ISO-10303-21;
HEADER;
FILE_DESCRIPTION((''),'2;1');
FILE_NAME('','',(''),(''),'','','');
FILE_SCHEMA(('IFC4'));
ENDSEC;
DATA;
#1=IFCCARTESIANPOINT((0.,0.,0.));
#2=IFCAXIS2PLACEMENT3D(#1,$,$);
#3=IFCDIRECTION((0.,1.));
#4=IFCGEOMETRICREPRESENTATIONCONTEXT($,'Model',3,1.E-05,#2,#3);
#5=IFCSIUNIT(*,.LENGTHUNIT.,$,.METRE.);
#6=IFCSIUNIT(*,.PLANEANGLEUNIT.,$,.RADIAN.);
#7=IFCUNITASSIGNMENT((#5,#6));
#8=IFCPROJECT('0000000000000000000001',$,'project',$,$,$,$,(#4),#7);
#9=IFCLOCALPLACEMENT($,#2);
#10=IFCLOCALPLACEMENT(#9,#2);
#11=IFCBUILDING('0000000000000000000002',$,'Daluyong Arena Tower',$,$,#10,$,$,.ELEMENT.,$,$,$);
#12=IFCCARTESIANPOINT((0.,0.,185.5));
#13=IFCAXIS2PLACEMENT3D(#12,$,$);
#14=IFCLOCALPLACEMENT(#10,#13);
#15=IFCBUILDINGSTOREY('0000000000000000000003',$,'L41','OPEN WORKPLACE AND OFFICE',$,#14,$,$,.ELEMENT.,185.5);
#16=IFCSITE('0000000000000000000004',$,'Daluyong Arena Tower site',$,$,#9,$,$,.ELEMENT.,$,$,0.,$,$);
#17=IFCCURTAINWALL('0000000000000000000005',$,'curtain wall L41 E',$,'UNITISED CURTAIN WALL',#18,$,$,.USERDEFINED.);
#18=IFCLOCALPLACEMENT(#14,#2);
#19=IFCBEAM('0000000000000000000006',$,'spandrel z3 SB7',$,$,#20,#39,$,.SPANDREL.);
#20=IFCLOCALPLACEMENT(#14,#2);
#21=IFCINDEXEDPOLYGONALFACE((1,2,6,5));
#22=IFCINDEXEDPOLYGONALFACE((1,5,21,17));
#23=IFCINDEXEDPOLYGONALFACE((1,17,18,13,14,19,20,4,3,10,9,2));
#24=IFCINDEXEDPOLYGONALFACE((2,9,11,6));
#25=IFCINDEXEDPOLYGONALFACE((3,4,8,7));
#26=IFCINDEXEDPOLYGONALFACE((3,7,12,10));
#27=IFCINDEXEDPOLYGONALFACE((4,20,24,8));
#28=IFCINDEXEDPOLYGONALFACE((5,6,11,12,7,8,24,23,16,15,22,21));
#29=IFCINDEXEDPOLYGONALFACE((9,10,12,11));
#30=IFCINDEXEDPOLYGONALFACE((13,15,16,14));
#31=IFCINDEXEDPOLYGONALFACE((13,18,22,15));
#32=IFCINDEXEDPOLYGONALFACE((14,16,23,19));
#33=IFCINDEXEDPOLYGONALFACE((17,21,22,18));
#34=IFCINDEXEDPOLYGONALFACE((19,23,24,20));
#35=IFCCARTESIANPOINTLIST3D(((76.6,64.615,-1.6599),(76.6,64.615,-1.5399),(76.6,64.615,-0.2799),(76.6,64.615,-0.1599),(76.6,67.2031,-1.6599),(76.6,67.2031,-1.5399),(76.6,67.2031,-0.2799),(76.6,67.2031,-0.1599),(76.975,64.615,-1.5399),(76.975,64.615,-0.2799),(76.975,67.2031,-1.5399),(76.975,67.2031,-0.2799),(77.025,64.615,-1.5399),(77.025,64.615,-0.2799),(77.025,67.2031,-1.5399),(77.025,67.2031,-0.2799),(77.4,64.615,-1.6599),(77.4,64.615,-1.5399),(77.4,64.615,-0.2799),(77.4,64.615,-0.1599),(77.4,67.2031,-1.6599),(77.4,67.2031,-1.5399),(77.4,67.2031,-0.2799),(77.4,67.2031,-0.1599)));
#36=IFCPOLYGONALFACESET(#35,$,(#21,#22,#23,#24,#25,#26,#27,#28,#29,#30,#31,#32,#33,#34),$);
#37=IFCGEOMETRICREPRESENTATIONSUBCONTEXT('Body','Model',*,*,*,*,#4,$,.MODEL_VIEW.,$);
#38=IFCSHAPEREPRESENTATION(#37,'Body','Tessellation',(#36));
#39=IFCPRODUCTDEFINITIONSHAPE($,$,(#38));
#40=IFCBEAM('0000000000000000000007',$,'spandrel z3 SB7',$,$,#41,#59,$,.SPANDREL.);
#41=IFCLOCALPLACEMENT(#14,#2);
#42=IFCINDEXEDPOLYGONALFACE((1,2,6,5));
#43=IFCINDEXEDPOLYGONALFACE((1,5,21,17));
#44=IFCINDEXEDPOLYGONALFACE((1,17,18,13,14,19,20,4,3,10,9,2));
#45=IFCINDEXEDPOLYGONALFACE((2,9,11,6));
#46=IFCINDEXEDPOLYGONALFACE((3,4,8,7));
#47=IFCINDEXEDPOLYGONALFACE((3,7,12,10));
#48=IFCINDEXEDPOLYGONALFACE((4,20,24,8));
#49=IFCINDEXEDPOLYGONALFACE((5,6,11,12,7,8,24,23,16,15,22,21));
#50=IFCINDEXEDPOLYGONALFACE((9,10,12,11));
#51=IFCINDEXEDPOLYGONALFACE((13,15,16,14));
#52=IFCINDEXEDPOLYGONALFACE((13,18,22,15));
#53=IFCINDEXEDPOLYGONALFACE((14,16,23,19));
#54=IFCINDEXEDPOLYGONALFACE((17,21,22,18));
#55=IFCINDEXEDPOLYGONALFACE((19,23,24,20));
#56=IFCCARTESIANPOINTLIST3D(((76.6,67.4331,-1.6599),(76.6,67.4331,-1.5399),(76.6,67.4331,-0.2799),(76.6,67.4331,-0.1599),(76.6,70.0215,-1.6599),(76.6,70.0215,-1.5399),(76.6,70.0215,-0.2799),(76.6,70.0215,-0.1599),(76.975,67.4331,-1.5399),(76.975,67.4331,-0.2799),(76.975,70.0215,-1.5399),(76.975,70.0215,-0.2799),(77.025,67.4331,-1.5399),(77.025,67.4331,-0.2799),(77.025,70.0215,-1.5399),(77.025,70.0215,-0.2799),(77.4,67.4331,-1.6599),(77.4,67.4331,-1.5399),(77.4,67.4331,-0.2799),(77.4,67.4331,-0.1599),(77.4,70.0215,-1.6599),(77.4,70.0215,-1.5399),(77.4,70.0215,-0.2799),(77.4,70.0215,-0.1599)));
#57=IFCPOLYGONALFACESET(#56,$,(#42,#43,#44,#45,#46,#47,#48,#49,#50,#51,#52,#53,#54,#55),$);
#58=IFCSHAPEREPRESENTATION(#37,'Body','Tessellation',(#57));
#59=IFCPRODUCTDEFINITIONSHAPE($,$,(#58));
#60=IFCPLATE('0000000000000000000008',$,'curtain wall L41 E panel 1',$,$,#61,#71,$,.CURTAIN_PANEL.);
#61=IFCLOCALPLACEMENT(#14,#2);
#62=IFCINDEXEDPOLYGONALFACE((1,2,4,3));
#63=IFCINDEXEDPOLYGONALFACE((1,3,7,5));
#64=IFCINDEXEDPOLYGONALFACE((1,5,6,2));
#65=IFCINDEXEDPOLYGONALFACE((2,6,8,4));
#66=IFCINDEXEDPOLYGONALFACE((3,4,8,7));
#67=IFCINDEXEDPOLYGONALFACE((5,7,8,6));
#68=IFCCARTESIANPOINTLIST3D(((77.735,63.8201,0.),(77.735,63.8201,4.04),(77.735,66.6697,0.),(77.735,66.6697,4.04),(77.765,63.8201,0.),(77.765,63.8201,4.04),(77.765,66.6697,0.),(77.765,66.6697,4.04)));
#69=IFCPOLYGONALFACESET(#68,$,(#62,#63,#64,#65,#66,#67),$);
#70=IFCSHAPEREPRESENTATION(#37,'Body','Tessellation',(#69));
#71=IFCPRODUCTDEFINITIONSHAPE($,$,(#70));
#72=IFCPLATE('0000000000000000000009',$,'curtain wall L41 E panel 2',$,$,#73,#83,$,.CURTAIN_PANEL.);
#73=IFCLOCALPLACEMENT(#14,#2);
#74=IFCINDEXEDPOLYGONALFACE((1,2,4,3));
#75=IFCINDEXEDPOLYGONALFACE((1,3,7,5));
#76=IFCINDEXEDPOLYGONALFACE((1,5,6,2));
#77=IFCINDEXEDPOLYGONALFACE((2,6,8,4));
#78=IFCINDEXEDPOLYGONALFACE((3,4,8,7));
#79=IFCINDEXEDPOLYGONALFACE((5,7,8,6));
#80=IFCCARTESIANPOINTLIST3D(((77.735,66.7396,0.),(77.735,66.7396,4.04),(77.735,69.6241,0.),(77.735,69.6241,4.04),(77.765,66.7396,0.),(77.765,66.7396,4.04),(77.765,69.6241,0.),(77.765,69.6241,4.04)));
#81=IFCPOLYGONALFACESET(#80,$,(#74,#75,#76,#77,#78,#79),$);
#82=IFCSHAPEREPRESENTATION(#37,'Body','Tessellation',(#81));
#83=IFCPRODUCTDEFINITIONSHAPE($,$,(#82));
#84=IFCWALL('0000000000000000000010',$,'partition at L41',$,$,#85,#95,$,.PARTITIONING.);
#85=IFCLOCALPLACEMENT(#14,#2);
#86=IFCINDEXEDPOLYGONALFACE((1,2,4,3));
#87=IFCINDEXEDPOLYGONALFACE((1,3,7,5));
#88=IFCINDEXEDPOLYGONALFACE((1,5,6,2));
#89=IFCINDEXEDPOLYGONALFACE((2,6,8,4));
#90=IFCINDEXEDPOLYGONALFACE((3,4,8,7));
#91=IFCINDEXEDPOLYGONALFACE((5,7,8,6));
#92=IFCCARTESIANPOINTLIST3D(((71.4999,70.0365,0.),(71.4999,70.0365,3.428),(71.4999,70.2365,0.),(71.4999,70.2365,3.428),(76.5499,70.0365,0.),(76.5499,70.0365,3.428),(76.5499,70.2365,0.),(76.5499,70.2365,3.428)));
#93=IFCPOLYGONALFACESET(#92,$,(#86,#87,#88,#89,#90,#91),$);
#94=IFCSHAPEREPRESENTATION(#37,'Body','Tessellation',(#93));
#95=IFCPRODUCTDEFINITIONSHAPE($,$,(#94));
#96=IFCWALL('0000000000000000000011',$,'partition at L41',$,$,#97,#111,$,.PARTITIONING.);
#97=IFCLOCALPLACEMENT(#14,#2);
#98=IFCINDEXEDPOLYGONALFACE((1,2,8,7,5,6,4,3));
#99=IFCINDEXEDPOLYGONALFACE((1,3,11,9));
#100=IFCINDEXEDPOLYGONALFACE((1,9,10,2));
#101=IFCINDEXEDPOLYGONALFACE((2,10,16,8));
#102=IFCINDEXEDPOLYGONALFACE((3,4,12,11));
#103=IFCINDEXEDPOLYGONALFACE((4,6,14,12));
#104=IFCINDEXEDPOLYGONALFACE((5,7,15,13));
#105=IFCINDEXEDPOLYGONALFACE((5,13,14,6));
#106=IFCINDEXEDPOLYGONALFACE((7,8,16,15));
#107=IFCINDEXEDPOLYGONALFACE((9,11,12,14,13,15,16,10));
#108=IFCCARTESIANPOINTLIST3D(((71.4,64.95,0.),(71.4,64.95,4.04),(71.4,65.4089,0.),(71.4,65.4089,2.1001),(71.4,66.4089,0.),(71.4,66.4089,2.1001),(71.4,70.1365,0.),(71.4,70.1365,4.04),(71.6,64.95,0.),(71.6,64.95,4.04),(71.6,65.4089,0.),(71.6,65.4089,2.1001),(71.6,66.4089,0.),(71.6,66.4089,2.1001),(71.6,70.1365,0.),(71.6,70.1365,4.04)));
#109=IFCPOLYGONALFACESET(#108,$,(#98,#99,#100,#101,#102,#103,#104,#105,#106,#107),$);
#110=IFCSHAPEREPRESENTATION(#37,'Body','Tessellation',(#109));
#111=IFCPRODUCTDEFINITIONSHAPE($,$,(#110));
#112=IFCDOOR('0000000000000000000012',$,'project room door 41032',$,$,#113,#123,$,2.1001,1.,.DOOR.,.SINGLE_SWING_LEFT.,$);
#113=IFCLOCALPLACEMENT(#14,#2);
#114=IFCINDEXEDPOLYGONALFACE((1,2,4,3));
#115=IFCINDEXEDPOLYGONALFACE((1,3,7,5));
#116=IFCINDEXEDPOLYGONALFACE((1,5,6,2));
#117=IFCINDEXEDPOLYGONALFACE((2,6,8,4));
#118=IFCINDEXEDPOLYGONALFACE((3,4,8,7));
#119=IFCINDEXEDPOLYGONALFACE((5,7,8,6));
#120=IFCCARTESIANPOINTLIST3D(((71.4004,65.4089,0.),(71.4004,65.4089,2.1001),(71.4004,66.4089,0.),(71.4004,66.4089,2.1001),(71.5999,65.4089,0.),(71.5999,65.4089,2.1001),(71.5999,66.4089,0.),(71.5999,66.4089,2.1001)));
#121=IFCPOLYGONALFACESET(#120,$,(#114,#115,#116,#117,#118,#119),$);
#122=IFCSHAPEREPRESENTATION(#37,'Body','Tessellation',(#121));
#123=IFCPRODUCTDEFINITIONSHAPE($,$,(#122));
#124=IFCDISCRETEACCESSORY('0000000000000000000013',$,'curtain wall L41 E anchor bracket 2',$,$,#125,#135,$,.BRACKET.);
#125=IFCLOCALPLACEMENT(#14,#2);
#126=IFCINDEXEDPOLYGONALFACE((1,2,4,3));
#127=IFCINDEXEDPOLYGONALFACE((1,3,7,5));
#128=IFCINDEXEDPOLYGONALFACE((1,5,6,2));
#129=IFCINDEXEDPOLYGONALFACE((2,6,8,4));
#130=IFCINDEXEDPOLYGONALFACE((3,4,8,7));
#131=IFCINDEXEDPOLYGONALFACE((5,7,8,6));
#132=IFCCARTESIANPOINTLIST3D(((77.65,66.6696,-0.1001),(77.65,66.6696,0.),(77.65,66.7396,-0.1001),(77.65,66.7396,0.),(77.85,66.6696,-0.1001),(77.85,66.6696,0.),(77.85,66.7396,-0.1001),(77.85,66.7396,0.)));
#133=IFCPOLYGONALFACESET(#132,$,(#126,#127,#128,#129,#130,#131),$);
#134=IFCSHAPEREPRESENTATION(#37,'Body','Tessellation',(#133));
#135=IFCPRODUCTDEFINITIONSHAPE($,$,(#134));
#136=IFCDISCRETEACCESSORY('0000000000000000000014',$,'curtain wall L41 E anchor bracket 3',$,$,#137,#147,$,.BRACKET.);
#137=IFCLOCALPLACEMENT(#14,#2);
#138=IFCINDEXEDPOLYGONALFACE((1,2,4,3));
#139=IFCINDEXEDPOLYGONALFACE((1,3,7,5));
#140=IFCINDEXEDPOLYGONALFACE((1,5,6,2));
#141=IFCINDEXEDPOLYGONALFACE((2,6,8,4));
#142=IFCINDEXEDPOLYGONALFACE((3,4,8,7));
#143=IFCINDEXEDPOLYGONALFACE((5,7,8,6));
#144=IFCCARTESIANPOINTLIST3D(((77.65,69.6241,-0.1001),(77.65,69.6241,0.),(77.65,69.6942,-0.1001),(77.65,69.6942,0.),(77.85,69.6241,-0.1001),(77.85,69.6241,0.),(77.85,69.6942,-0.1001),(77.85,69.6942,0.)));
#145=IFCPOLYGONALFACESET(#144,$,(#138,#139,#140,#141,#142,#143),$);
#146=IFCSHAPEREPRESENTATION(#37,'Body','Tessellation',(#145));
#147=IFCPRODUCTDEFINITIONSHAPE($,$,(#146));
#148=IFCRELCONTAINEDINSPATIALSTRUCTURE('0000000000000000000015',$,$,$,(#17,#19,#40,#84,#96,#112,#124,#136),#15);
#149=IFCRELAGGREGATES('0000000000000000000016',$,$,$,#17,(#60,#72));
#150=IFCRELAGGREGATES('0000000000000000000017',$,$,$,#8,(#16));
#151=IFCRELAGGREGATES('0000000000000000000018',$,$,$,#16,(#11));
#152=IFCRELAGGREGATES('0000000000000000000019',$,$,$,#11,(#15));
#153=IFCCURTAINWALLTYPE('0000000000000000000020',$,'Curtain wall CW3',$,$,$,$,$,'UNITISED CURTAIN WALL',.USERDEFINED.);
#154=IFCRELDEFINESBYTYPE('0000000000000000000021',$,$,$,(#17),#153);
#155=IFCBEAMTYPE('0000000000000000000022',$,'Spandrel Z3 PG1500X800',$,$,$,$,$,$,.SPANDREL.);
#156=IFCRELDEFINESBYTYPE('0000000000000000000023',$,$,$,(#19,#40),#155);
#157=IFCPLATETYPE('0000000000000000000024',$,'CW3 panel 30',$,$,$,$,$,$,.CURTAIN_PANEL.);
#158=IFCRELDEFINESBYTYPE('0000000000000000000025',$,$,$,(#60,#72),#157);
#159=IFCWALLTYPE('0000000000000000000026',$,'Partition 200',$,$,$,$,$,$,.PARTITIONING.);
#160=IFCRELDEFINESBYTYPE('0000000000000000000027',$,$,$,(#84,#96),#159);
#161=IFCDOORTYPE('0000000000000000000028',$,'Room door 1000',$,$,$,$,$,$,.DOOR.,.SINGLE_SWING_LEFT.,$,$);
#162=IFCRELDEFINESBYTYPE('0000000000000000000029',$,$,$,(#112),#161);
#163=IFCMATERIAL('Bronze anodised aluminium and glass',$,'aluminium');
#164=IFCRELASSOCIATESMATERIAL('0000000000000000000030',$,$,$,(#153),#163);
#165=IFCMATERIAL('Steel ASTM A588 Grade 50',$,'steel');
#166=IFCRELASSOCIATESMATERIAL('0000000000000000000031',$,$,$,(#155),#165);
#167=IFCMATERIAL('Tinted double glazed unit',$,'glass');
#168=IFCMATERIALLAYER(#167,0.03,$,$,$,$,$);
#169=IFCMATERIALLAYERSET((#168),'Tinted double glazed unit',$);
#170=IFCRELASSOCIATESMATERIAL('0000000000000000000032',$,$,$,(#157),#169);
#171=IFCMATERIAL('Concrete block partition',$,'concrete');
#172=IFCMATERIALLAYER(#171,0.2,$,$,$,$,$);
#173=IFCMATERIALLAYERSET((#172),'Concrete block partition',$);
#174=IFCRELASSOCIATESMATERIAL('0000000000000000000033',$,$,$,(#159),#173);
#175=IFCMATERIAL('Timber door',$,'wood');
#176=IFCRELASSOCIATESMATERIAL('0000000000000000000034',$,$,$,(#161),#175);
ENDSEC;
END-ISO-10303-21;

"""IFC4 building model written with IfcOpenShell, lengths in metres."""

from ifc_helpers import new_model, si_unit, direction, frame, frame_2d, origin, origin_2d, place, context, subcontext, project, spatial, rectangle, i_section, extrude, material, layer, layer_set, material_profile, profile_set, type_object, element, fill, aggregate, save


model = new_model("IFC4")

# Units and contexts
model_context = context("Model", 3, precision=1e-05, world=origin(), true_north=direction((0.0, 1.0)))
body_context = subcontext(model_context, "Body", "Model", "MODEL_VIEW")
ifc_project = project(units=[si_unit("LENGTHUNIT", "METRE"), si_unit("PLANEANGLEUNIT", "RADIAN")], contexts=[model_context])

# Site, building, storey
site_placement = place(None, origin())
site = spatial("IfcSite", under=ifc_project, at=site_placement, Name="Daluyong Arena Tower site", CompositionType="ELEMENT", RefElevation=0.0)
building_placement = place(site_placement, origin())
building = spatial("IfcBuilding", under=site, at=building_placement, Name="Daluyong Arena Tower", CompositionType="ELEMENT")
storey_placement = place(building_placement, frame((0.0, 0.0, 185.5)))
storey = spatial("IfcBuildingStorey", under=building, at=storey_placement, Name="L41", Description="OPEN WORKPLACE AND OFFICE", CompositionType="ELEMENT", Elevation=185.5)

# Curtain wall
ifc_material_1 = material(Name="Bronze anodised aluminium and glass", Category="aluminium")
curtain_wall_type = type_object("IfcCurtainWallType", Name="Curtain wall CW3", ElementType="UNITISED CURTAIN WALL", PredefinedType="USERDEFINED", material=ifc_material_1)
curtain_wall_placement = place(storey_placement, origin())
curtain_wall = element("IfcCurtainWall", 1, at=curtain_wall_placement, inside=storey, type_object=curtain_wall_type, Name="curtain wall L41 E", ObjectType="UNITISED CURTAIN WALL", PredefinedType="USERDEFINED")

# Beams
ifc_material_2 = material(Name="Steel ASTM A588 Grade 50", Category="steel")
ifc_material_profile_1 = material_profile(ifc_material_2, i_section(OverallWidth=0.8, OverallDepth=1.5, WebThickness=0.05, FlangeThickness=0.12, at=origin_2d()))
ifc_profile_set_1 = profile_set([ifc_material_profile_1], Name="Steel ASTM A588 Grade 50")
beam_type_1 = type_object("IfcBeamType", Name="Spandrel Z3 PG1500X800", PredefinedType="SPANDREL", material=ifc_profile_set_1)
beam_1_placement = place(storey_placement, frame((77.0, 64.615, -0.9099), z_axis=(0.0, 1.0, 0.0), x_axis=(-1.0, 0.0, 0.0)))
element("IfcBeam", 2, at=beam_1_placement, inside=storey, type_object=beam_type_1, Name="spandrel z3 SB7", PredefinedType="SPANDREL", context=body_context, shape_type="SweptSolid", body=[
    extrude(i_section(OverallWidth=0.8, OverallDepth=1.5, WebThickness=0.05, FlangeThickness=0.12, at=origin_2d()), origin(), (0.0, 0.0, 1.0), 2.5881),
])
beam_2_placement = place(storey_placement, frame((77.0, 67.4331, -0.9099), z_axis=(0.0, 1.0, 0.0), x_axis=(-1.0, 0.0, 0.0)))
element("IfcBeam", 3, at=beam_2_placement, inside=storey, type_object=beam_type_1, Name="spandrel z3 SB7", PredefinedType="SPANDREL", context=body_context, shape_type="SweptSolid", body=[
    extrude(i_section(OverallWidth=0.8, OverallDepth=1.5, WebThickness=0.05, FlangeThickness=0.12, at=origin_2d()), origin(), (0.0, 0.0, 1.0), 2.5884),
])

# Plates
ifc_material_3 = material(Name="Tinted double glazed unit", Category="glass")
ifc_layer_1 = layer(ifc_material_3, 0.03)
ifc_layer_set_1 = layer_set([ifc_layer_1], Name="Tinted double glazed unit")
plate_type = type_object("IfcPlateType", Name="CW3 panel 30", PredefinedType="CURTAIN_PANEL", material=ifc_layer_set_1)
plate_1_placement = place(storey_placement, frame((77.75, 65.2449, 0.0), z_axis=(0.0, 0.0, 1.0), x_axis=(0.0, 1.0, 0.0)))
plate_1 = element("IfcPlate", 4, at=plate_1_placement, type_object=plate_type, Name="curtain wall L41 E panel 1", PredefinedType="CURTAIN_PANEL", context=body_context, shape_type="SweptSolid", body=[
    extrude(rectangle(XDim=2.8496, YDim=0.03, at=origin_2d()), origin(), (0.0, 0.0, 1.0), 4.04),
])
plate_2_placement = place(storey_placement, frame((77.75, 68.1819, 0.0), z_axis=(0.0, 0.0, 1.0), x_axis=(0.0, 1.0, 0.0)))
plate_2 = element("IfcPlate", 5, at=plate_2_placement, type_object=plate_type, Name="curtain wall L41 E panel 2", PredefinedType="CURTAIN_PANEL", context=body_context, shape_type="SweptSolid", body=[
    extrude(rectangle(XDim=2.8845, YDim=0.03, at=origin_2d()), origin(), (0.0, 0.0, 1.0), 4.04),
])
aggregate(curtain_wall, [plate_1, plate_2])

# Wall
ifc_material_4 = material(Name="Concrete block partition", Category="concrete")
ifc_layer_2 = layer(ifc_material_4, 0.2)
ifc_layer_set_2 = layer_set([ifc_layer_2], Name="Concrete block partition")
wall_type = type_object("IfcWallType", Name="Partition 200", PredefinedType="PARTITIONING", material=ifc_layer_set_2)
wall_1_placement = place(storey_placement, frame((71.5, 70.1365, 0.0), z_axis=(0.0, 0.0, 1.0), x_axis=(1.0, 0.0, 0.0)))
element("IfcWall", 6, at=wall_1_placement, inside=storey, type_object=wall_type, Name="partition at L41", PredefinedType="PARTITIONING", context=body_context, shape_type="SweptSolid", body=[
    extrude(rectangle(XDim=5.05, YDim=0.2, at=frame_2d((2.5249, 0.0))), origin(), (0.0, 0.0, 1.0), 3.428),
])

# Wall, opening, door
wall_2_placement = place(storey_placement, frame((71.5, 64.95, 0.0), z_axis=(0.0, 0.0, 1.0), x_axis=(0.0, 1.0, 0.0)))
wall_2 = element("IfcWall", 7, at=wall_2_placement, inside=storey, type_object=wall_type, Name="partition at L41", PredefinedType="PARTITIONING", context=body_context, shape_type="SweptSolid", body=[
    extrude(rectangle(XDim=5.1865, YDim=0.2, at=frame_2d((2.5933, 0.0))), origin(), (0.0, 0.0, 1.0), 4.04),
])
opening_placement = place(wall_2_placement, frame((0.459, 0.0, 0.0)))
opening = element("IfcOpeningElement", 8, at=opening_placement, cuts=wall_2, PredefinedType="OPENING", context=body_context, shape_type="SweptSolid", body=[
    extrude(rectangle(XDim=1.0, YDim=2.1001, at=frame_2d((0.5, 1.05))), frame((0.0, 0.1099, 0.0), z_axis=(0.0, -1.0, 0.0), x_axis=(1.0, 0.0, 0.0)), (0.0, 0.0, 1.0), 0.22),
])
ifc_material_5 = material(Name="Timber door", Category="wood")
door_type = type_object("IfcDoorType", Name="Room door 1000", OperationType="SINGLE_SWING_LEFT", PredefinedType="DOOR", material=ifc_material_5)
door_placement = place(opening_placement, origin())
door = element("IfcDoor", 9, at=door_placement, inside=storey, type_object=door_type, Name="project room door 41032", OperationType="SINGLE_SWING_LEFT", OverallHeight=2.1001, OverallWidth=1.0, PredefinedType="DOOR", context=body_context, shape_type="SweptSolid", body=[
    extrude(rectangle(XDim=1.0, YDim=2.1001, at=frame_2d((0.5, 1.05))), frame((0.0, 0.0996, 0.0), z_axis=(0.0, -1.0, 0.0), x_axis=(1.0, 0.0, 0.0)), (0.0, 0.0, 1.0), 0.1995),
])
fill(opening, door)

# Discrete accessories
for number, where, z_axis, x_axis, name in (
    (10, (77.75, 66.7046, -0.1001), (0.0, 0.0, 1.0), (0.0, 1.0, 0.0), "curtain wall L41 E anchor bracket 2"),
    (11, (77.75, 69.6592, -0.1001), (0.0, 0.0, 1.0), (0.0, 1.0, 0.0), "curtain wall L41 E anchor bracket 3"),
):
    element("IfcDiscreteAccessory", number, at=place(storey_placement, frame(where, z_axis=z_axis, x_axis=x_axis)), inside=storey, Name=name, PredefinedType="BRACKET", context=body_context, shape_type="SweptSolid", body=[
        extrude(rectangle(XDim=0.0701, YDim=0.2, at=origin_2d()), origin(), (0.0, 0.0, 1.0), 0.1001),
    ])

save(model, "model.ifc")
